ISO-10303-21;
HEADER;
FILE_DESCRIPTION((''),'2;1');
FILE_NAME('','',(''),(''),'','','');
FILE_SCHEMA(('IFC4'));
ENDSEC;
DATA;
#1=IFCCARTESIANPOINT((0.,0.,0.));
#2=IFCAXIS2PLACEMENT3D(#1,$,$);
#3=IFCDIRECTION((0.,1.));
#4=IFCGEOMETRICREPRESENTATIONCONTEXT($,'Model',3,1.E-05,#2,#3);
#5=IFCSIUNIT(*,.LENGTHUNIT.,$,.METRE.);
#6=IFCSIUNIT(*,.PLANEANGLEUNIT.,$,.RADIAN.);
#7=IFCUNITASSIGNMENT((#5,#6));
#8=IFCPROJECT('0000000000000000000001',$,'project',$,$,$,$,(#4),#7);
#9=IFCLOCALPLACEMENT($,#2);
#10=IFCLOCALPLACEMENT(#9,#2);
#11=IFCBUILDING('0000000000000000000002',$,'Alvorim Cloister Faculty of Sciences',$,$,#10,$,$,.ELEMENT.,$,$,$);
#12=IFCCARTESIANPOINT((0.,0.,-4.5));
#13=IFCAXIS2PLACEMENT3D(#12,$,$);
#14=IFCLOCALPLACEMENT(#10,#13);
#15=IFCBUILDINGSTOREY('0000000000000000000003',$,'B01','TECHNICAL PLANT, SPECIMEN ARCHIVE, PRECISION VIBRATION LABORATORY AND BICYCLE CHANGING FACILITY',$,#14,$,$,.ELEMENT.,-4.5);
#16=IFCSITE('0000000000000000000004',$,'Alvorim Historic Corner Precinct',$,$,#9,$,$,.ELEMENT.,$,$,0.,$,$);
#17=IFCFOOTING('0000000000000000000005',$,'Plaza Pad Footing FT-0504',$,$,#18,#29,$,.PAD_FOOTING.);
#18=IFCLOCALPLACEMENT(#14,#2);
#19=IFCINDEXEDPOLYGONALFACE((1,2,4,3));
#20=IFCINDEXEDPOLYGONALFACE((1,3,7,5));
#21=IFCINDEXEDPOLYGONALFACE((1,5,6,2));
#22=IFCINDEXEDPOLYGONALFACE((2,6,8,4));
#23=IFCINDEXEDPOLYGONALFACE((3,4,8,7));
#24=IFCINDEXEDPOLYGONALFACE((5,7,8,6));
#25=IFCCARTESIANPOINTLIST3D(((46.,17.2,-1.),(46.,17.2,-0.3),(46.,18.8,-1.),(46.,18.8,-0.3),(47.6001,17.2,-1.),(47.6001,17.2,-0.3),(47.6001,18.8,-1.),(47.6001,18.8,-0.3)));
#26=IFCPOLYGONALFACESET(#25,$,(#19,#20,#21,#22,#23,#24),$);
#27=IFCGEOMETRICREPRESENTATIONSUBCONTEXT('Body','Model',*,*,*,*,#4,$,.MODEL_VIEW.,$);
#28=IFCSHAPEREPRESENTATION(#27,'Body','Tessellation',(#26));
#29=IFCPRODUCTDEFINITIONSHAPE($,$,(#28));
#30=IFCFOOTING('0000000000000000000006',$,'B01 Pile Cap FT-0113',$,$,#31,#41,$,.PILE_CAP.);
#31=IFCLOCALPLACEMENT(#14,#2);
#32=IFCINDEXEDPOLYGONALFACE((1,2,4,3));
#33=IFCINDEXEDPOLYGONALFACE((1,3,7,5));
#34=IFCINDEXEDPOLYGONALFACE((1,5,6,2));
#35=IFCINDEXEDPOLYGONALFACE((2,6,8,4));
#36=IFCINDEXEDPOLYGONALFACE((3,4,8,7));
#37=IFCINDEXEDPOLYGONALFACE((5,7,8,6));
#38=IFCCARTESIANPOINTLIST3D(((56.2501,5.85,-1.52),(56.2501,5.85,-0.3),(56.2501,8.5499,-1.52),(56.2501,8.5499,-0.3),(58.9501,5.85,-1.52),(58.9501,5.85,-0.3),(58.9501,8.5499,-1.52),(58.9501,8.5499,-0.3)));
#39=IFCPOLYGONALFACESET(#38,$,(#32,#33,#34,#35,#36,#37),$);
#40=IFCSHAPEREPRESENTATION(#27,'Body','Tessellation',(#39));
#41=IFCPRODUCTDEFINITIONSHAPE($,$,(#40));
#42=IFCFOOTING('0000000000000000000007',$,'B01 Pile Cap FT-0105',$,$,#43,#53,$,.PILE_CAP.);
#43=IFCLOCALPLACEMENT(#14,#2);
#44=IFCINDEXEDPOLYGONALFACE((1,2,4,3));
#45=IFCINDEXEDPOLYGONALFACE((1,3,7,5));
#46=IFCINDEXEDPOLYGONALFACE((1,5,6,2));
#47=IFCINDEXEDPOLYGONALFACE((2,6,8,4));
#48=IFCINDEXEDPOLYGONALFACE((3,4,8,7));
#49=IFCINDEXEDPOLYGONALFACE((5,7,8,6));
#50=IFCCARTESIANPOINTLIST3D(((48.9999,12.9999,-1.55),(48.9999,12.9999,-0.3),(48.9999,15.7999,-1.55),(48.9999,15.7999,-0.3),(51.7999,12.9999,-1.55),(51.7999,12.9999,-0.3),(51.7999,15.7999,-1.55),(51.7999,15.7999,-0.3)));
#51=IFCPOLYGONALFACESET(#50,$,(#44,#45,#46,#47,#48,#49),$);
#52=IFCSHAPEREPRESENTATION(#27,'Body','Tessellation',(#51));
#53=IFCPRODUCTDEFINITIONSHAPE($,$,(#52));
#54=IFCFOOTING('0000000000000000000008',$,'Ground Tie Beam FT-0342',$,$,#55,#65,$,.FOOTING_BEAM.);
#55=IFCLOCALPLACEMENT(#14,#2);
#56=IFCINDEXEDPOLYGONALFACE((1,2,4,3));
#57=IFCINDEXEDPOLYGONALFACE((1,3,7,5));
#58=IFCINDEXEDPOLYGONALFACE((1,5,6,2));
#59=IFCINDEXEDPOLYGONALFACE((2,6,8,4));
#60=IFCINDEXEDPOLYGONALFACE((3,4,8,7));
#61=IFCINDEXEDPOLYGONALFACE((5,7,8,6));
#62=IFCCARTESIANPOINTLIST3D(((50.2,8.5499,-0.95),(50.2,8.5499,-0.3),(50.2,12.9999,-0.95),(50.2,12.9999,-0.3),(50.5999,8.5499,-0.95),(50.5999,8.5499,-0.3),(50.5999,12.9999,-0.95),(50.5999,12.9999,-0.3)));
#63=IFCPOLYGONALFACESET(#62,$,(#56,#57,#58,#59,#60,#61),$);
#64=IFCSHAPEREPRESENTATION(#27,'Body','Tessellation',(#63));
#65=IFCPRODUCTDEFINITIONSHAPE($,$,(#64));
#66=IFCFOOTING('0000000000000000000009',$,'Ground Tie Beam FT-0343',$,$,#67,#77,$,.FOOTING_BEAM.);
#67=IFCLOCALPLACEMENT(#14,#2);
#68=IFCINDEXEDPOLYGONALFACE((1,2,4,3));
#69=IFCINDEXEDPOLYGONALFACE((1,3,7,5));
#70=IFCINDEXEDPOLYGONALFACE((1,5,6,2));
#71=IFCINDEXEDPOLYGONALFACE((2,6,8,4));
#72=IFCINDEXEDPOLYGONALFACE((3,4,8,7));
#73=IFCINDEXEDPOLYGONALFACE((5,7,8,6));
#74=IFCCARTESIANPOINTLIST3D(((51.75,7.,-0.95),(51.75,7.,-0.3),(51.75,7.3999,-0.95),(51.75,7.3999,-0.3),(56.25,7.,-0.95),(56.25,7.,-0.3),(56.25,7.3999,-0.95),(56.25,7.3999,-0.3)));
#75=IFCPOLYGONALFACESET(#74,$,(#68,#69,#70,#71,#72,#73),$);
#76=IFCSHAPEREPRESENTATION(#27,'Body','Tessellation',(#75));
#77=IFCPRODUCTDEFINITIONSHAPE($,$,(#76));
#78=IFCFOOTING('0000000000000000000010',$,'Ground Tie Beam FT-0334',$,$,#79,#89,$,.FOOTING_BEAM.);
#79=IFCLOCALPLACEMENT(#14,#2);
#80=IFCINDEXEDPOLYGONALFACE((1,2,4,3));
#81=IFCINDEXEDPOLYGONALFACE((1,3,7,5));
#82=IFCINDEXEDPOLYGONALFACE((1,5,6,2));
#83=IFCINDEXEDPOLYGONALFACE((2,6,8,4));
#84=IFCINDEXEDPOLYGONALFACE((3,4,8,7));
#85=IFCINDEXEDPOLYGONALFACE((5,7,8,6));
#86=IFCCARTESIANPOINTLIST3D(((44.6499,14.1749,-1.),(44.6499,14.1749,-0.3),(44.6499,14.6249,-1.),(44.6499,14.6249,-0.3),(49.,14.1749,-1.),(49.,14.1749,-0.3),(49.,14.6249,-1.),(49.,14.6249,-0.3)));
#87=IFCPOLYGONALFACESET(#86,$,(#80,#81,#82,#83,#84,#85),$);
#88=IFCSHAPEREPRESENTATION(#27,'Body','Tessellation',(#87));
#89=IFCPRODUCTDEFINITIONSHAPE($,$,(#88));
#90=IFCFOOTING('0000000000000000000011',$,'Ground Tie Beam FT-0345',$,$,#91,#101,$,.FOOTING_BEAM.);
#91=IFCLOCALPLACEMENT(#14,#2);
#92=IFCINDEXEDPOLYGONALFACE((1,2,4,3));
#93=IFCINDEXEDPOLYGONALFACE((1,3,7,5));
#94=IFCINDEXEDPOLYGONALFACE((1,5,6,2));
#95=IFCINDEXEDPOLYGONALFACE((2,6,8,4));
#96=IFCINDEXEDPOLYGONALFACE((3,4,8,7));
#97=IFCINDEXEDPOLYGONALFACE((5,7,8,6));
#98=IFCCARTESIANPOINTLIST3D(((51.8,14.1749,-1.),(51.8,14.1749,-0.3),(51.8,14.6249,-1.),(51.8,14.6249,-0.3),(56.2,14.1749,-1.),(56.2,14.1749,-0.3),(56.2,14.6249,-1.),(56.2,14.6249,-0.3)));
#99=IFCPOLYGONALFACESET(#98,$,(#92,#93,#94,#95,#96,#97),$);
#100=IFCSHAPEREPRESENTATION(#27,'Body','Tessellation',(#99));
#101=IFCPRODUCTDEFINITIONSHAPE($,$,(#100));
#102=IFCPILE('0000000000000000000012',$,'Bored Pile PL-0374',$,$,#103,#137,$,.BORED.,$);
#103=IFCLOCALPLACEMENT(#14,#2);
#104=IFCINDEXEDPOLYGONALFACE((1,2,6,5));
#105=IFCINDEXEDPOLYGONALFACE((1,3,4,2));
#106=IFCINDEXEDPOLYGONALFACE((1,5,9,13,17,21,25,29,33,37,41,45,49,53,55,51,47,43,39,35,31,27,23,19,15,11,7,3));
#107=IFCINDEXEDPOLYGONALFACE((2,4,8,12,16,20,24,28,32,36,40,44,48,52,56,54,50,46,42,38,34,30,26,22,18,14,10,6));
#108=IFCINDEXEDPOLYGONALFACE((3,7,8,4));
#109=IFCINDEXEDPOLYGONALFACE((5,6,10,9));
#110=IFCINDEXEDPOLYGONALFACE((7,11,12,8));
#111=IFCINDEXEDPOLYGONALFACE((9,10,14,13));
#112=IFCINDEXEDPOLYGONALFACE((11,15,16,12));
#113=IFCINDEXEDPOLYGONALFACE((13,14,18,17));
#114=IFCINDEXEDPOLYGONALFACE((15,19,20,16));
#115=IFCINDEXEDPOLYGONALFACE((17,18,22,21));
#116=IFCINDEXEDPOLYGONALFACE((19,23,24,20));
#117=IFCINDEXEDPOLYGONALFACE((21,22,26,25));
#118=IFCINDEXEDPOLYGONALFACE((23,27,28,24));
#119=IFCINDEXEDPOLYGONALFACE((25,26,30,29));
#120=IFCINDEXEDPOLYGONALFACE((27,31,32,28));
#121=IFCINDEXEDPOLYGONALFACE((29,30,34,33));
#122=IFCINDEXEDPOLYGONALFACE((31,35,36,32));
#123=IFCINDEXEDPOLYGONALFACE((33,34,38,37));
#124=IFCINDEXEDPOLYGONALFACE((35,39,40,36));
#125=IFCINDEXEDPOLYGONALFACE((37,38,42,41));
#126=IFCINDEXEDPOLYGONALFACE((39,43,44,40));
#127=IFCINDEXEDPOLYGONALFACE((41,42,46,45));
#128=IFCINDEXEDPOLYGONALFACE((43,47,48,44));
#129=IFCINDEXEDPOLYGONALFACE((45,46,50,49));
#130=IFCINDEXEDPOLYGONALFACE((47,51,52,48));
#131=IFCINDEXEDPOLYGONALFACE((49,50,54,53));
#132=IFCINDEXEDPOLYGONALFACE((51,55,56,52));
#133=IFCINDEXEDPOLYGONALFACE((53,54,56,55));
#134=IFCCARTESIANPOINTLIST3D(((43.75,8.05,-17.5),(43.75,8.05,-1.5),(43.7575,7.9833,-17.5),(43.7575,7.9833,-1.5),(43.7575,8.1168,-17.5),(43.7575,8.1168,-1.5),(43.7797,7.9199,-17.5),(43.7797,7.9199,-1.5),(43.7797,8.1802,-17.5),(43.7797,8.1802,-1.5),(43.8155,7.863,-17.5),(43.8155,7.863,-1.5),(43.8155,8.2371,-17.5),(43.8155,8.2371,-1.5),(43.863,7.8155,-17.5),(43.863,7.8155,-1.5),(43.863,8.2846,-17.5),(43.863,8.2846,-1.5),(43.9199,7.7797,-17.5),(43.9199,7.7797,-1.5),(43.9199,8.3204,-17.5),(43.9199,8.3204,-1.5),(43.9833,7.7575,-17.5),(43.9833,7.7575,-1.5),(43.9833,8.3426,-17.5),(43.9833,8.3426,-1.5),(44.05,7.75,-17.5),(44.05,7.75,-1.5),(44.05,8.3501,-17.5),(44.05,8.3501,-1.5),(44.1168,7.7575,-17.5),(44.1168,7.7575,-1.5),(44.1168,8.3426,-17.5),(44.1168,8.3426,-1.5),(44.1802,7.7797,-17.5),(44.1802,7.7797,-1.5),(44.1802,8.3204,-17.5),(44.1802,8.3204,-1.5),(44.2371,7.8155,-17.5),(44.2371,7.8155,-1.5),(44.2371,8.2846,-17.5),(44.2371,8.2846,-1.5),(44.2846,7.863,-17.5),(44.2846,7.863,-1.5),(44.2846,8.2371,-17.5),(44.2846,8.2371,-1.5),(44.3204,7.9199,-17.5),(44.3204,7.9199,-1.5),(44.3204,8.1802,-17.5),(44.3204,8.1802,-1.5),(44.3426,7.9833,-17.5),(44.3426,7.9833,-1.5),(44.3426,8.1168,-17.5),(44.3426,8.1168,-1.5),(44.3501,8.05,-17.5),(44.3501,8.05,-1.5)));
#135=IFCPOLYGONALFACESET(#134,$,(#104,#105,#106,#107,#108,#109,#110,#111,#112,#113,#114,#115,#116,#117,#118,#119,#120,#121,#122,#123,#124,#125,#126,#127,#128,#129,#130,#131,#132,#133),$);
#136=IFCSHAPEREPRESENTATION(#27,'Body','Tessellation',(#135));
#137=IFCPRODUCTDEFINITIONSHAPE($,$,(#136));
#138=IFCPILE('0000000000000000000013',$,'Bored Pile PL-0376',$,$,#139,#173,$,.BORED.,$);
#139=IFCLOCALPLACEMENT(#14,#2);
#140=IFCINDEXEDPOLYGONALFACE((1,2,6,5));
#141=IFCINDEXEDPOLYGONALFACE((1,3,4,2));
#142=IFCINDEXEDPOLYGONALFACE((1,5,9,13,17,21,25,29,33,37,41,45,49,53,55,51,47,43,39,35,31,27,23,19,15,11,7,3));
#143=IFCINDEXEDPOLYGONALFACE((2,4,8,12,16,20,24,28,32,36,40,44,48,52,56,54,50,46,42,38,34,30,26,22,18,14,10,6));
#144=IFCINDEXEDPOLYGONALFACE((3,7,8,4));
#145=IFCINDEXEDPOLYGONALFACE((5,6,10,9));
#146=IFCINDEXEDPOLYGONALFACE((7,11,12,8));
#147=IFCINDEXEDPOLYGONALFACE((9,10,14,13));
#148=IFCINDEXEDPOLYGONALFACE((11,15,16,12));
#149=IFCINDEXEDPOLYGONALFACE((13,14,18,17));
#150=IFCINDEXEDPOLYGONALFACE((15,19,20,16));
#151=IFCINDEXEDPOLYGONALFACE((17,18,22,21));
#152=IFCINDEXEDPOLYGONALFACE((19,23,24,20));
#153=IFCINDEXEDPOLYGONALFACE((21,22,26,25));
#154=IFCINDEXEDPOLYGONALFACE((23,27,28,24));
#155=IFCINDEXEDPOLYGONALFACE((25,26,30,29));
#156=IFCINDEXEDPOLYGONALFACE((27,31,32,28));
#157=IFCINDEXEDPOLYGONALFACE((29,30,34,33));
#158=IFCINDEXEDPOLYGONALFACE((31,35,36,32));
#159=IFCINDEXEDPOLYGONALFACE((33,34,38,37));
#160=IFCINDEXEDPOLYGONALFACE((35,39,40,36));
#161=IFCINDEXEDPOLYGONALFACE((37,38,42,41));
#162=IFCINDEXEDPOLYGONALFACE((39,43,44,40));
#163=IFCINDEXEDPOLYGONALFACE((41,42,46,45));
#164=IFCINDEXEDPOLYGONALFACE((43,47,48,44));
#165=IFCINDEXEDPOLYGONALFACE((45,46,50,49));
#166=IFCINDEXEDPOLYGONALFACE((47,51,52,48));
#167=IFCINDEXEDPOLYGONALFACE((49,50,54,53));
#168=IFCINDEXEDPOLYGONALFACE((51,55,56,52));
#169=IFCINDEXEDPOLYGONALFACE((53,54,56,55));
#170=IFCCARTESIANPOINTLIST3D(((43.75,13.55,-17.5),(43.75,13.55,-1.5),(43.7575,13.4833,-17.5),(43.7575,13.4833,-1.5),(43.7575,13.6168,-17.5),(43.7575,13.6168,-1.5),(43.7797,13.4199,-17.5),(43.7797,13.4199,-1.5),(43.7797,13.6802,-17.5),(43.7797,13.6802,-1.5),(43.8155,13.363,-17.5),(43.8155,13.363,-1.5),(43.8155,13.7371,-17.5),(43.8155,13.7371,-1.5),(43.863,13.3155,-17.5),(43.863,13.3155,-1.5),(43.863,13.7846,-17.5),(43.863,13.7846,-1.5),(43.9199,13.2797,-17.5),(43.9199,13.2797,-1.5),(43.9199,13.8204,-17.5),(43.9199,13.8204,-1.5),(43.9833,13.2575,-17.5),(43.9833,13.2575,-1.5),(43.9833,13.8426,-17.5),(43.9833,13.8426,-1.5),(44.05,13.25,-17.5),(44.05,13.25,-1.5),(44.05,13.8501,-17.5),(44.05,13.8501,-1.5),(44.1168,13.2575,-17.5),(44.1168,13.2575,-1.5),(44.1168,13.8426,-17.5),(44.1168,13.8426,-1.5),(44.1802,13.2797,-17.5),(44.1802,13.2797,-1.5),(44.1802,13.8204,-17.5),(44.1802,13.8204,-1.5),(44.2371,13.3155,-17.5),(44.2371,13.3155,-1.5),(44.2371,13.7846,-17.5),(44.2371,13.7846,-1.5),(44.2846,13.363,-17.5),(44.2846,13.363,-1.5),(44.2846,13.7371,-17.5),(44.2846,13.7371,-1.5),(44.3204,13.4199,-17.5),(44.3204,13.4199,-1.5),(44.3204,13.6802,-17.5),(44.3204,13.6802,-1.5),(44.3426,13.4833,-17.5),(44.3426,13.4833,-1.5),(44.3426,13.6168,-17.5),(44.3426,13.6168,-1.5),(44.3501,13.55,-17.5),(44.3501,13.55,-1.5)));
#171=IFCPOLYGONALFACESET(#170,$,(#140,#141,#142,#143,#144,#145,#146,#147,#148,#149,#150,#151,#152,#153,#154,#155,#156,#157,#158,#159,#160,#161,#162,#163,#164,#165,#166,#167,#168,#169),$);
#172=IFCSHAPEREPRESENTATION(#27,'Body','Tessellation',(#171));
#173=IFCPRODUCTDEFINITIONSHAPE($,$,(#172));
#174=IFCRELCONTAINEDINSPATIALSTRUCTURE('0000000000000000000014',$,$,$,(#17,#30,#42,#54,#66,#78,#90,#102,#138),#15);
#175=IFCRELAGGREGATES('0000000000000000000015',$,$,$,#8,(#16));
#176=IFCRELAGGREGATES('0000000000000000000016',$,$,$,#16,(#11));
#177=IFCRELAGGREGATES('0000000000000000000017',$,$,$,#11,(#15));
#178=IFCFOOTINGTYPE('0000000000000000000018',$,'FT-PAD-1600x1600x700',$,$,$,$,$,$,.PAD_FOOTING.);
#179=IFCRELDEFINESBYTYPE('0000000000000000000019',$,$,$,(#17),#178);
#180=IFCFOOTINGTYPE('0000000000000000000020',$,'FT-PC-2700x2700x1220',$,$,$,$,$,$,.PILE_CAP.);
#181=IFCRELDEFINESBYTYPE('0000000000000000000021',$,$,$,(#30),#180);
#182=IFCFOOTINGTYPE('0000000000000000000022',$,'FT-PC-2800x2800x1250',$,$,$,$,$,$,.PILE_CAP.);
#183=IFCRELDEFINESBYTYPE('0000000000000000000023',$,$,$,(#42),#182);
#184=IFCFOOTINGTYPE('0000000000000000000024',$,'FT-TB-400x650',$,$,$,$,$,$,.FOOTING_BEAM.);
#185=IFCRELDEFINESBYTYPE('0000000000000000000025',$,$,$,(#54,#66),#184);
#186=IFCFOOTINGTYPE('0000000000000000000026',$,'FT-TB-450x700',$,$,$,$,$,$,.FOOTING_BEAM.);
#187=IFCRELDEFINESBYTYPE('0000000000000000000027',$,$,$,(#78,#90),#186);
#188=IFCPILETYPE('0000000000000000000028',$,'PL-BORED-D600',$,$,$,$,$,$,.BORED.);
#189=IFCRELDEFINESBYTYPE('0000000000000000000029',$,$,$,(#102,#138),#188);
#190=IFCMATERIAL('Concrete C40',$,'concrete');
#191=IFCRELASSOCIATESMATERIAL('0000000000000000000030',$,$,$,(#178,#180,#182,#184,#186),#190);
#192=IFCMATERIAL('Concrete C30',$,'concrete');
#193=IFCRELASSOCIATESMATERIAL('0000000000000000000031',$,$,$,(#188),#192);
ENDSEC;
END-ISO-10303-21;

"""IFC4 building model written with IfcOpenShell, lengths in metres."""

from ifc_helpers import new_model, si_unit, direction, frame, origin, origin_2d, place, context, subcontext, project, spatial, rectangle, circle, extrude, material, material_profile, profile_set, type_object, element, save


model = new_model("IFC4")

# Units and contexts
model_context = context("Model", 3, precision=1e-05, world=origin(), true_north=direction((0.0, 1.0)))
body_context = subcontext(model_context, "Body", "Model", "MODEL_VIEW")
ifc_project = project(units=[si_unit("LENGTHUNIT", "METRE"), si_unit("PLANEANGLEUNIT", "RADIAN")], contexts=[model_context])

# Site, building, storey
site_placement = place(None, origin())
site = spatial("IfcSite", under=ifc_project, at=site_placement, Name="Alvorim Historic Corner Precinct", CompositionType="ELEMENT", RefElevation=0.0)
building_placement = place(site_placement, origin())
building = spatial("IfcBuilding", under=site, at=building_placement, Name="Alvorim Cloister Faculty of Sciences", CompositionType="ELEMENT")
storey_placement = place(building_placement, frame((0.0, 0.0, -4.5)))
storey = spatial("IfcBuildingStorey", under=building, at=storey_placement, Name="B01", Description="TECHNICAL PLANT, SPECIMEN ARCHIVE, PRECISION VIBRATION LABORATORY AND BICYCLE CHANGING FACILITY", CompositionType="ELEMENT", Elevation=-4.5)

# Footings
ifc_material_1 = material(Name="Concrete C40", Category="concrete")
footing_type_1 = type_object("IfcFootingType", Name="FT-PAD-1600x1600x700", PredefinedType="PAD_FOOTING", material=ifc_material_1)
footing_1_placement = place(storey_placement, frame((46.8, 18.0, -1.0), z_axis=(0.0, 0.0, 1.0), x_axis=(1.0, 0.0, 0.0)))
element("IfcFooting", 1, at=footing_1_placement, inside=storey, type_object=footing_type_1, Name="Plaza Pad Footing FT-0504", PredefinedType="PAD_FOOTING", context=body_context, shape_type="SweptSolid", body=[
    extrude(rectangle(XDim=1.6001, YDim=1.6001, at=origin_2d()), origin(), (0.0, 0.0, 1.0), 0.7),
])
footing_type_2 = type_object("IfcFootingType", Name="FT-PC-2700x2700x1220", PredefinedType="PILE_CAP", material=ifc_material_1)
footing_2_placement = place(storey_placement, frame((57.6001, 7.2, -1.52), z_axis=(0.0, 0.0, 1.0), x_axis=(1.0, 0.0, 0.0)))
element("IfcFooting", 2, at=footing_2_placement, inside=storey, type_object=footing_type_2, Name="B01 Pile Cap FT-0113", PredefinedType="PILE_CAP", context=body_context, shape_type="SweptSolid", body=[
    extrude(rectangle(XDim=2.7, YDim=2.7, at=origin_2d()), origin(), (0.0, 0.0, 1.0), 1.22),
])
footing_type_3 = type_object("IfcFootingType", Name="FT-PC-2800x2800x1250", PredefinedType="PILE_CAP", material=ifc_material_1)
footing_3_placement = place(storey_placement, frame((50.3999, 14.3999, -1.55), z_axis=(0.0, 0.0, 1.0), x_axis=(1.0, 0.0, 0.0)))
element("IfcFooting", 3, at=footing_3_placement, inside=storey, type_object=footing_type_3, Name="B01 Pile Cap FT-0105", PredefinedType="PILE_CAP", context=body_context, shape_type="SweptSolid", body=[
    extrude(rectangle(XDim=2.8, YDim=2.8, at=origin_2d()), origin(), (0.0, 0.0, 1.0), 1.25),
])
footing_type_4 = type_object("IfcFootingType", Name="FT-TB-400x650", PredefinedType="FOOTING_BEAM", material=ifc_material_1)
footing_4_placement = place(storey_placement, frame((50.3999, 10.7749, -0.95), z_axis=(0.0, 0.0, 1.0), x_axis=(1.0, 0.0, 0.0)))
element("IfcFooting", 4, at=footing_4_placement, inside=storey, type_object=footing_type_4, Name="Ground Tie Beam FT-0342", PredefinedType="FOOTING_BEAM", context=body_context, shape_type="SweptSolid", body=[
    extrude(rectangle(XDim=0.3999, YDim=4.45, at=origin_2d()), origin(), (0.0, 0.0, 1.0), 0.6499),
])
footing_5_placement = place(storey_placement, frame((54.0, 7.2, -0.95), z_axis=(0.0, 0.0, 1.0), x_axis=(1.0, 0.0, 0.0)))
element("IfcFooting", 5, at=footing_5_placement, inside=storey, type_object=footing_type_4, Name="Ground Tie Beam FT-0343", PredefinedType="FOOTING_BEAM", context=body_context, shape_type="SweptSolid", body=[
    extrude(rectangle(XDim=4.5, YDim=0.3999, at=origin_2d()), origin(), (0.0, 0.0, 1.0), 0.6499),
])
footing_type_5 = type_object("IfcFootingType", Name="FT-TB-450x700", PredefinedType="FOOTING_BEAM", material=ifc_material_1)
footing_6_placement = place(storey_placement, frame((46.825, 14.3999, -1.0), z_axis=(0.0, 0.0, 1.0), x_axis=(1.0, 0.0, 0.0)))
element("IfcFooting", 6, at=footing_6_placement, inside=storey, type_object=footing_type_5, Name="Ground Tie Beam FT-0334", PredefinedType="FOOTING_BEAM", context=body_context, shape_type="SweptSolid", body=[
    extrude(rectangle(XDim=4.3501, YDim=0.45, at=origin_2d()), origin(), (0.0, 0.0, 1.0), 0.7),
])
footing_7_placement = place(storey_placement, frame((54.0, 14.3999, -1.0), z_axis=(0.0, 0.0, 1.0), x_axis=(1.0, 0.0, 0.0)))
element("IfcFooting", 7, at=footing_7_placement, inside=storey, type_object=footing_type_5, Name="Ground Tie Beam FT-0345", PredefinedType="FOOTING_BEAM", context=body_context, shape_type="SweptSolid", body=[
    extrude(rectangle(XDim=4.3999, YDim=0.45, at=origin_2d()), origin(), (0.0, 0.0, 1.0), 0.7),
])

# Piles
ifc_material_2 = material(Name="Concrete C30", Category="concrete")
ifc_material_profile_1 = material_profile(ifc_material_2, circle(Radius=0.3, at=origin_2d()), Name="PILE-D600")
ifc_profile_set_1 = profile_set([ifc_material_profile_1], Name="Concrete C30")
pile_type = type_object("IfcPileType", Name="PL-BORED-D600", PredefinedType="BORED", material=ifc_profile_set_1)
for number, where, z_axis, x_axis, name in (
    (8, (44.05, 8.05, -1.5), (0.0, 0.0, -1.0), (1.0, 0.0, 0.0), "Bored Pile PL-0374"),
    (9, (44.05, 13.55, -1.5), (0.0, 0.0, -1.0), (1.0, 0.0, 0.0), "Bored Pile PL-0376"),
):
    element("IfcPile", number, at=place(storey_placement, frame(where, z_axis=z_axis, x_axis=x_axis)), inside=storey, type_object=pile_type, Name=name, PredefinedType="BORED", context=body_context, shape_type="SweptSolid", body=[
        extrude(circle(Radius=0.3, at=origin_2d()), origin(), (0.0, 0.0, 1.0), 16.0),
    ])

save(model, "model.ifc")
